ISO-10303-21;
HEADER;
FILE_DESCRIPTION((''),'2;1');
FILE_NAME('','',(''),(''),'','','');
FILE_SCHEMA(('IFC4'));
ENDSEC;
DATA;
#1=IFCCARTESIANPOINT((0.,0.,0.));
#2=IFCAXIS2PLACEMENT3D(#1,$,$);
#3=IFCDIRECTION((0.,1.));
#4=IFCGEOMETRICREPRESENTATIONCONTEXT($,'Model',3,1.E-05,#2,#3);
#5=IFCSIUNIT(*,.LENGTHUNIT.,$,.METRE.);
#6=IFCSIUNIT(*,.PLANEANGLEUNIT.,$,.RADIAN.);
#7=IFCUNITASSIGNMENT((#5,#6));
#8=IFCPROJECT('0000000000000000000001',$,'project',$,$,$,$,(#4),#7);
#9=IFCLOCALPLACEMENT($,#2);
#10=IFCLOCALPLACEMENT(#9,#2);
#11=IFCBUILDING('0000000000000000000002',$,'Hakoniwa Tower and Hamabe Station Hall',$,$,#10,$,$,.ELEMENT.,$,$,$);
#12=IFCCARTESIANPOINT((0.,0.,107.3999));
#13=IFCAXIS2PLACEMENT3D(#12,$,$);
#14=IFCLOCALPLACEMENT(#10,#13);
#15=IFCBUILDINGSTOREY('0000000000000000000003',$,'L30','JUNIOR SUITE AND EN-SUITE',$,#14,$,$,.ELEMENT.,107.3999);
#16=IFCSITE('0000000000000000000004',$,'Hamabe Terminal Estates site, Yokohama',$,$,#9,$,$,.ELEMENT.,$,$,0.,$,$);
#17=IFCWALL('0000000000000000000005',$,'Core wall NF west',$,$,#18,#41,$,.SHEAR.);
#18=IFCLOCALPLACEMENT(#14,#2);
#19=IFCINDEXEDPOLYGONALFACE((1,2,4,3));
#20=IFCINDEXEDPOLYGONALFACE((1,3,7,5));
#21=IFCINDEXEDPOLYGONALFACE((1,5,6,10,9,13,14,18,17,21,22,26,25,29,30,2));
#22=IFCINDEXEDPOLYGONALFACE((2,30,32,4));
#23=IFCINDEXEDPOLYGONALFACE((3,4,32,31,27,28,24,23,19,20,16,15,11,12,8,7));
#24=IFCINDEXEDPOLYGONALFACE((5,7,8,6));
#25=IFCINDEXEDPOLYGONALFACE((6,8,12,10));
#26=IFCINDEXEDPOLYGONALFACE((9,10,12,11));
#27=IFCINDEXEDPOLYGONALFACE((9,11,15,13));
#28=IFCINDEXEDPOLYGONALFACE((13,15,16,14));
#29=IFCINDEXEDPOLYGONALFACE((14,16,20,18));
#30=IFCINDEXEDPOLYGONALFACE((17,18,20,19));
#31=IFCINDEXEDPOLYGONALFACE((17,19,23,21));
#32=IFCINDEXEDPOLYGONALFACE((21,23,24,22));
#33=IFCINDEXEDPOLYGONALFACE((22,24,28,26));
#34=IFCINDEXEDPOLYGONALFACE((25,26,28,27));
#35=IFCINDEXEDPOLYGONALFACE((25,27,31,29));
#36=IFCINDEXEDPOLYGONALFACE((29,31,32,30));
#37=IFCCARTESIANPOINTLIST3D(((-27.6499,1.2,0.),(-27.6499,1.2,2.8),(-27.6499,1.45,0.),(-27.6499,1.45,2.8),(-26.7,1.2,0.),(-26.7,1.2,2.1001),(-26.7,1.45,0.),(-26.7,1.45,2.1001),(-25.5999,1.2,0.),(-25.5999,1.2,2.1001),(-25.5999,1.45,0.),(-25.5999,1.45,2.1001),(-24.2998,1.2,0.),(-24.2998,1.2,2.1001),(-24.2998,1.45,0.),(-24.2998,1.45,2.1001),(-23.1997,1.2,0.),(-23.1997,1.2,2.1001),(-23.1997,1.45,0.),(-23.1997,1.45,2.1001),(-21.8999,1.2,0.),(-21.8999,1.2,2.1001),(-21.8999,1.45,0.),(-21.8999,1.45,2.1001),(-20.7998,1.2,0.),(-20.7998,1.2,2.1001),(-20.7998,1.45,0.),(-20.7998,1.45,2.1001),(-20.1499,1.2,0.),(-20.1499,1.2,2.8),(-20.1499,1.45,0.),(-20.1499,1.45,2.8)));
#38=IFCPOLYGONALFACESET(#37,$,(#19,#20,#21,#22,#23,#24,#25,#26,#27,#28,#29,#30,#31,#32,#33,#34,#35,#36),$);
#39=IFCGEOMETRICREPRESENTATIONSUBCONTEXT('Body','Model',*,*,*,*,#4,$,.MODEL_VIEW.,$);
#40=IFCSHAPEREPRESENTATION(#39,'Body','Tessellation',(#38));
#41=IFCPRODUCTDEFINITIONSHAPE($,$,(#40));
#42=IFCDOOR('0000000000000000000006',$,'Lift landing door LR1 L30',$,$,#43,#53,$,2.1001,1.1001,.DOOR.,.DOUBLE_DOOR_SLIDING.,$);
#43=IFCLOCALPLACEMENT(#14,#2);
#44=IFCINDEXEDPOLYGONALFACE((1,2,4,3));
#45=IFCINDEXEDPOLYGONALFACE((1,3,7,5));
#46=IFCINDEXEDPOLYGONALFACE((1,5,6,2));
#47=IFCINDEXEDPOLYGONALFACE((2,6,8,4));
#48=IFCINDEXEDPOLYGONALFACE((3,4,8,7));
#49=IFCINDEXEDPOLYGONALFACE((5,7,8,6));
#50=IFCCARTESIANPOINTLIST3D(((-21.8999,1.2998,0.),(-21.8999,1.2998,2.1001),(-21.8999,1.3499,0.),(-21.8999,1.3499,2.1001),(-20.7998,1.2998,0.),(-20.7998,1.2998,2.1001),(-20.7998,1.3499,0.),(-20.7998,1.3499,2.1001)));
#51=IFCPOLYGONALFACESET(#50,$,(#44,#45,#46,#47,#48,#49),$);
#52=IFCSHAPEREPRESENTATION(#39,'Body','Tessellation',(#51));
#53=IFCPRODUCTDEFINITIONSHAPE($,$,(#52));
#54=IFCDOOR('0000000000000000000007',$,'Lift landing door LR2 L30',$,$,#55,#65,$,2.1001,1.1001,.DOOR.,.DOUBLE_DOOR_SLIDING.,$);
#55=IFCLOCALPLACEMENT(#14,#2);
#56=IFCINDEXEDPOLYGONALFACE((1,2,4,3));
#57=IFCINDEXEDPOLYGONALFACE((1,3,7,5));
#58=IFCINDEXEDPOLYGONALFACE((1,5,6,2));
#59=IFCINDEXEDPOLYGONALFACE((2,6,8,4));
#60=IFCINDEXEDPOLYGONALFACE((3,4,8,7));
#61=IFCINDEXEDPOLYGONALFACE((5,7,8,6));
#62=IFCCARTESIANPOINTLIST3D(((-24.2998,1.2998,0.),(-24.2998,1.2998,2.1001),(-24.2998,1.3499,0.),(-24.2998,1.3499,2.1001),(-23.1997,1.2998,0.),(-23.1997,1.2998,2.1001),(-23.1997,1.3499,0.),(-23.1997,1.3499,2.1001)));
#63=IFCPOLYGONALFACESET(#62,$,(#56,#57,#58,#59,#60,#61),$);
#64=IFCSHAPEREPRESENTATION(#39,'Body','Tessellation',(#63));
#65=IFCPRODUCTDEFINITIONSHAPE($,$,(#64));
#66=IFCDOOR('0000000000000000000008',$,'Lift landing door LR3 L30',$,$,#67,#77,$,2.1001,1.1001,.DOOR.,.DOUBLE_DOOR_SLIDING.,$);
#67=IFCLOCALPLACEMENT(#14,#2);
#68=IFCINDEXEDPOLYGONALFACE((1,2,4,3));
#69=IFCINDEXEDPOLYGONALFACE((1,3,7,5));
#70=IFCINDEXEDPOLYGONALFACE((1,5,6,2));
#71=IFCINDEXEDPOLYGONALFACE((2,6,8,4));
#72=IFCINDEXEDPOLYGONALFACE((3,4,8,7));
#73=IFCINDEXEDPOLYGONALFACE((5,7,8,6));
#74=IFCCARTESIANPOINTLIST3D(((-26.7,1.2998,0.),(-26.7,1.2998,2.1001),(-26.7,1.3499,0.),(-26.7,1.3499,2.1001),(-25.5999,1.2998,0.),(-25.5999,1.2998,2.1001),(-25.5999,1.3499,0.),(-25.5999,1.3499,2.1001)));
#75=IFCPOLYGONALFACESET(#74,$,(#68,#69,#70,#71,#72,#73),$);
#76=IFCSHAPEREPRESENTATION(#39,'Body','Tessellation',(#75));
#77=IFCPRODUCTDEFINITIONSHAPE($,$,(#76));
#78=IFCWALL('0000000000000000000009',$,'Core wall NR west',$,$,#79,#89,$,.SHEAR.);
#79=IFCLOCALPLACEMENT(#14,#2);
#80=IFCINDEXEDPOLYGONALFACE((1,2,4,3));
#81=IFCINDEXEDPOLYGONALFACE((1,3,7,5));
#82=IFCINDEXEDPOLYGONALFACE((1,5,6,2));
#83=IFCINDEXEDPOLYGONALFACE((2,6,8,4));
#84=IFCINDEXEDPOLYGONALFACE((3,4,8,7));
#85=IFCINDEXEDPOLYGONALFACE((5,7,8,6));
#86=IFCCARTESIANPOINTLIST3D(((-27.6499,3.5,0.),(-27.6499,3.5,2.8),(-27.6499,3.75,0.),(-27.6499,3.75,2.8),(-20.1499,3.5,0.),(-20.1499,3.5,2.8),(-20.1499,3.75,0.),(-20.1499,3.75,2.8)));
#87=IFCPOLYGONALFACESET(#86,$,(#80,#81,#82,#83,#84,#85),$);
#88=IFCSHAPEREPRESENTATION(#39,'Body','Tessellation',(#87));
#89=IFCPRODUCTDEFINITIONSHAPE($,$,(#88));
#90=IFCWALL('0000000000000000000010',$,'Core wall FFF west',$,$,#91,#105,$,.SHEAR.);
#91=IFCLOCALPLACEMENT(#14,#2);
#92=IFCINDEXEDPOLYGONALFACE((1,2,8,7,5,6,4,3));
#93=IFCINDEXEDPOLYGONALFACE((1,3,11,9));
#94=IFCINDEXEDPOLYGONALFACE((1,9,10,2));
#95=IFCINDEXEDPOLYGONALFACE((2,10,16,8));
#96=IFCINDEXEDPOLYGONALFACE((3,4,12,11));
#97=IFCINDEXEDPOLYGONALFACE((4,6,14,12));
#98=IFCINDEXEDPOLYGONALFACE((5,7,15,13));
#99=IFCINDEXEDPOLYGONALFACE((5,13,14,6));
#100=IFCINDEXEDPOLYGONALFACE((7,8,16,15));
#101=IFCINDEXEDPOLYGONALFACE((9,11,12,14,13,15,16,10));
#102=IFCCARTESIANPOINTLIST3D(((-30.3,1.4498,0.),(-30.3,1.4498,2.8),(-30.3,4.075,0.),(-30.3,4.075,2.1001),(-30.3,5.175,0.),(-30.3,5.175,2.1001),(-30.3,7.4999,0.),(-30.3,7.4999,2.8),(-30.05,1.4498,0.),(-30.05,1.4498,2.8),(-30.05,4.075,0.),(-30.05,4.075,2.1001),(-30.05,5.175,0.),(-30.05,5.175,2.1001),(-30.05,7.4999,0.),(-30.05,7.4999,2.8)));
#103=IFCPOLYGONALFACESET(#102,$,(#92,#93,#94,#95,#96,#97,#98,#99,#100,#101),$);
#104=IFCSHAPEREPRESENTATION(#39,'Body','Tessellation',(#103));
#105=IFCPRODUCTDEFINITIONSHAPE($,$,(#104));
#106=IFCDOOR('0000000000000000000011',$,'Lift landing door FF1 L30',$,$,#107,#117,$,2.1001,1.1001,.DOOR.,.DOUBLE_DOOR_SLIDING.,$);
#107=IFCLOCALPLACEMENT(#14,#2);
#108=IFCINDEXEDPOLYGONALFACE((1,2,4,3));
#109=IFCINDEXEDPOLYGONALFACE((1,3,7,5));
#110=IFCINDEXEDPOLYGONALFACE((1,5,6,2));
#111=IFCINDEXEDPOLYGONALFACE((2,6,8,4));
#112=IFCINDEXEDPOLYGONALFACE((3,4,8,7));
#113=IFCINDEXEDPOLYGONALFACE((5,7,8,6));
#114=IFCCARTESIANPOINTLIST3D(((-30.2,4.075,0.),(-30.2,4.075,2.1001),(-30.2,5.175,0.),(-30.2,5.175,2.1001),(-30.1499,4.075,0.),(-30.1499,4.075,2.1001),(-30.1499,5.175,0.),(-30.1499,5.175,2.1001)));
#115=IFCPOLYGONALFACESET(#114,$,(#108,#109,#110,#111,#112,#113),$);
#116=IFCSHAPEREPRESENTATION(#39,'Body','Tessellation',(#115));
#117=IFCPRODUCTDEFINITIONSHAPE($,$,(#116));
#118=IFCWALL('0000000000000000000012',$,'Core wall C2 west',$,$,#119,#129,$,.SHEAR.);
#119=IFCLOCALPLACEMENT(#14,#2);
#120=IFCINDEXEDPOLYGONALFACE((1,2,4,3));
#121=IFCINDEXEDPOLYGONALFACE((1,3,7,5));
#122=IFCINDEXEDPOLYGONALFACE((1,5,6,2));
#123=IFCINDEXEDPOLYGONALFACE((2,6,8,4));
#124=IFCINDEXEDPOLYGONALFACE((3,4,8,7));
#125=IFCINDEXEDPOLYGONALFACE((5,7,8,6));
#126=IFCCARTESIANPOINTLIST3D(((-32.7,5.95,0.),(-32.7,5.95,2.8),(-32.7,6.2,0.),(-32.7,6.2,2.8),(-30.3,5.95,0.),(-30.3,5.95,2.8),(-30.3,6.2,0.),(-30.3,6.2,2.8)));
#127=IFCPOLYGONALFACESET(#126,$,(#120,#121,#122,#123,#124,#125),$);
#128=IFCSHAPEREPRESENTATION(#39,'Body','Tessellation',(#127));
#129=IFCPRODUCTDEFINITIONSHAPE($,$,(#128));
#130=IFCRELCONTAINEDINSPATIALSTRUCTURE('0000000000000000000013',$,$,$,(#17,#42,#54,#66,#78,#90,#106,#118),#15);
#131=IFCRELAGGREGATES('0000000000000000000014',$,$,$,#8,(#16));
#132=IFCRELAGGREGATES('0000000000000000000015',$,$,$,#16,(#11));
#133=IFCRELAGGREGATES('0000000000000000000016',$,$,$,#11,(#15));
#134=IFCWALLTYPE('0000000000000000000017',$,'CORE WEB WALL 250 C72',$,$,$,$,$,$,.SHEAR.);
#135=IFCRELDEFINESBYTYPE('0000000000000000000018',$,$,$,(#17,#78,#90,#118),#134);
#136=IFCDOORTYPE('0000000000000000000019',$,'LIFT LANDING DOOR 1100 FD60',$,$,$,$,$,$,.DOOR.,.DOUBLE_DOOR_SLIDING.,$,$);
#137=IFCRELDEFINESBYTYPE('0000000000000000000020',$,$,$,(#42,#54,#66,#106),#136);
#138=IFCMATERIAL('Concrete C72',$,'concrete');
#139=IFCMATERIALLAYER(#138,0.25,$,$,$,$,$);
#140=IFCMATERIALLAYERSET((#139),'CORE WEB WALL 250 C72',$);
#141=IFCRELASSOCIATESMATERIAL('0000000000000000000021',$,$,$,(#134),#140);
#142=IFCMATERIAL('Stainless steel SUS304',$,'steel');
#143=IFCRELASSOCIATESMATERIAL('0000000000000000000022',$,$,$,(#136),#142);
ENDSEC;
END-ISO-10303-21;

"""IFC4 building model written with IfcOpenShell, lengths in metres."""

from ifc_helpers import new_model, si_unit, direction, frame, frame_2d, origin, place, context, subcontext, project, spatial, rectangle, extrude, material, layer, layer_set, type_object, element, fill, save


model = new_model("IFC4")

# Units and contexts
model_context = context("Model", 3, precision=1e-05, world=origin(), true_north=direction((0.0, 1.0)))
body_context = subcontext(model_context, "Body", "Model", "MODEL_VIEW")
ifc_project = project(units=[si_unit("LENGTHUNIT", "METRE"), si_unit("PLANEANGLEUNIT", "RADIAN")], contexts=[model_context])

# Site, building, storey
site_placement = place(None, origin())
site = spatial("IfcSite", under=ifc_project, at=site_placement, Name="Hamabe Terminal Estates site, Yokohama", CompositionType="ELEMENT", RefElevation=0.0)
building_placement = place(site_placement, origin())
building = spatial("IfcBuilding", under=site, at=building_placement, Name="Hakoniwa Tower and Hamabe Station Hall", CompositionType="ELEMENT")
storey_placement = place(building_placement, frame((0.0, 0.0, 107.3999)))
storey = spatial("IfcBuildingStorey", under=building, at=storey_placement, Name="L30", Description="JUNIOR SUITE AND EN-SUITE", CompositionType="ELEMENT", Elevation=107.3999)

# Wall, openings, doors
ifc_material_1 = material(Name="Concrete C72", Category="concrete")
ifc_layer_1 = layer(ifc_material_1, 0.25)
ifc_layer_set_1 = layer_set([ifc_layer_1], Name="CORE WEB WALL 250 C72")
wall_type_1 = type_object("IfcWallType", Name="CORE WEB WALL 250 C72", PredefinedType="SHEAR", material=ifc_layer_set_1)
wall_1_placement = place(storey_placement, frame((-27.6499, 1.325, 0.0), z_axis=(0.0, 0.0, 1.0), x_axis=(1.0, 0.0, 0.0)))
wall_1 = element("IfcWall", 1, at=wall_1_placement, inside=storey, type_object=wall_type_1, Name="Core wall NF west", PredefinedType="SHEAR", context=body_context, shape_type="SweptSolid", body=[
    extrude(rectangle(XDim=7.5, YDim=0.25, at=frame_2d((3.75, 0.0))), origin(), (0.0, 0.0, 1.0), 2.8),
])
opening_1_placement = place(wall_1_placement, frame((5.75, 0.0, 0.0)))
opening_1 = element("IfcOpeningElement", 2, at=opening_1_placement, cuts=wall_1, PredefinedType="OPENING", context=body_context, shape_type="SweptSolid", body=[
    extrude(rectangle(XDim=1.1001, YDim=2.1001, at=frame_2d((0.55, 1.05))), frame((0.0, 0.135, 0.0), z_axis=(0.0, -1.0, 0.0), x_axis=(1.0, 0.0, 0.0)), (0.0, 0.0, 1.0), 0.27),
])
opening_2_placement = place(wall_1_placement, frame((3.3501, 0.0, 0.0)))
opening_2 = element("IfcOpeningElement", 3, at=opening_2_placement, cuts=wall_1, PredefinedType="OPENING", context=body_context, shape_type="SweptSolid", body=[
    extrude(rectangle(XDim=1.1001, YDim=2.1001, at=frame_2d((0.55, 1.05))), frame((0.0, 0.135, 0.0), z_axis=(0.0, -1.0, 0.0), x_axis=(1.0, 0.0, 0.0)), (0.0, 0.0, 1.0), 0.27),
])
opening_3_placement = place(wall_1_placement, frame((0.95, 0.0, 0.0)))
opening_3 = element("IfcOpeningElement", 4, at=opening_3_placement, cuts=wall_1, PredefinedType="OPENING", context=body_context, shape_type="SweptSolid", body=[
    extrude(rectangle(XDim=1.1001, YDim=2.1001, at=frame_2d((0.55, 1.05))), frame((0.0, 0.135, 0.0), z_axis=(0.0, -1.0, 0.0), x_axis=(1.0, 0.0, 0.0)), (0.0, 0.0, 1.0), 0.27),
])
ifc_material_2 = material(Name="Stainless steel SUS304", Category="steel")
door_type_1 = type_object("IfcDoorType", Name="LIFT LANDING DOOR 1100 FD60", OperationType="DOUBLE_DOOR_SLIDING", PredefinedType="DOOR", material=ifc_material_2)
door_1_placement = place(opening_1_placement, origin())
door_1 = element("IfcDoor", 5, at=door_1_placement, inside=storey, type_object=door_type_1, Name="Lift landing door LR1 L30", OperationType="DOUBLE_DOOR_SLIDING", OverallHeight=2.1001, OverallWidth=1.1001, PredefinedType="DOOR", context=body_context, shape_type="SweptSolid", body=[
    extrude(rectangle(XDim=1.1001, YDim=2.1001, at=frame_2d((0.55, 1.05))), frame((0.0, 0.0249, 0.0), z_axis=(0.0, -1.0, 0.0), x_axis=(1.0, 0.0, 0.0)), (0.0, 0.0, 1.0), 0.05),
])
fill(opening_1, door_1)
door_2_placement = place(opening_2_placement, origin())
door_2 = element("IfcDoor", 6, at=door_2_placement, inside=storey, type_object=door_type_1, Name="Lift landing door LR2 L30", OperationType="DOUBLE_DOOR_SLIDING", OverallHeight=2.1001, OverallWidth=1.1001, PredefinedType="DOOR", context=body_context, shape_type="SweptSolid", body=[
    extrude(rectangle(XDim=1.1001, YDim=2.1001, at=frame_2d((0.55, 1.05))), frame((0.0, 0.0249, 0.0), z_axis=(0.0, -1.0, 0.0), x_axis=(1.0, 0.0, 0.0)), (0.0, 0.0, 1.0), 0.05),
])
fill(opening_2, door_2)
door_3_placement = place(opening_3_placement, origin())
door_3 = element("IfcDoor", 7, at=door_3_placement, inside=storey, type_object=door_type_1, Name="Lift landing door LR3 L30", OperationType="DOUBLE_DOOR_SLIDING", OverallHeight=2.1001, OverallWidth=1.1001, PredefinedType="DOOR", context=body_context, shape_type="SweptSolid", body=[
    extrude(rectangle(XDim=1.1001, YDim=2.1001, at=frame_2d((0.55, 1.05))), frame((0.0, 0.0249, 0.0), z_axis=(0.0, -1.0, 0.0), x_axis=(1.0, 0.0, 0.0)), (0.0, 0.0, 1.0), 0.05),
])
fill(opening_3, door_3)

# Wall
wall_2_placement = place(storey_placement, frame((-27.6499, 3.625, 0.0), z_axis=(0.0, 0.0, 1.0), x_axis=(1.0, 0.0, 0.0)))
element("IfcWall", 8, at=wall_2_placement, inside=storey, type_object=wall_type_1, Name="Core wall NR west", PredefinedType="SHEAR", context=body_context, shape_type="SweptSolid", body=[
    extrude(rectangle(XDim=7.5, YDim=0.25, at=frame_2d((3.75, 0.0))), origin(), (0.0, 0.0, 1.0), 2.8),
])

# Wall, opening, door
wall_3_placement = place(storey_placement, frame((-30.175, 1.45, 0.0), z_axis=(0.0, 0.0, 1.0), x_axis=(0.0, 1.0, 0.0)))
wall_3 = element("IfcWall", 9, at=wall_3_placement, inside=storey, type_object=wall_type_1, Name="Core wall FFF west", PredefinedType="SHEAR", context=body_context, shape_type="SweptSolid", body=[
    extrude(rectangle(XDim=6.05, YDim=0.25, at=frame_2d((3.0249, 0.0))), origin(), (0.0, 0.0, 1.0), 2.8),
])
opening_4_placement = place(wall_3_placement, frame((2.625, 0.0, 0.0)))
opening_4 = element("IfcOpeningElement", 10, at=opening_4_placement, cuts=wall_3, PredefinedType="OPENING", context=body_context, shape_type="SweptSolid", body=[
    extrude(rectangle(XDim=1.1001, YDim=2.1001, at=frame_2d((0.55, 1.05))), frame((0.0, 0.135, 0.0), z_axis=(0.0, -1.0, 0.0), x_axis=(1.0, 0.0, 0.0)), (0.0, 0.0, 1.0), 0.27),
])
door_4_placement = place(opening_4_placement, origin())
door_4 = element("IfcDoor", 11, at=door_4_placement, inside=storey, type_object=door_type_1, Name="Lift landing door FF1 L30", OperationType="DOUBLE_DOOR_SLIDING", OverallHeight=2.1001, OverallWidth=1.1001, PredefinedType="DOOR", context=body_context, shape_type="SweptSolid", body=[
    extrude(rectangle(XDim=1.1001, YDim=2.1001, at=frame_2d((0.55, 1.05))), frame((0.0, 0.0249, 0.0), z_axis=(0.0, -1.0, 0.0), x_axis=(1.0, 0.0, 0.0)), (0.0, 0.0, 1.0), 0.05),
])
fill(opening_4, door_4)

# Wall
wall_4_placement = place(storey_placement, frame((-32.7, 6.075, 0.0), z_axis=(0.0, 0.0, 1.0), x_axis=(1.0, 0.0, 0.0)))
element("IfcWall", 12, at=wall_4_placement, inside=storey, type_object=wall_type_1, Name="Core wall C2 west", PredefinedType="SHEAR", context=body_context, shape_type="SweptSolid", body=[
    extrude(rectangle(XDim=2.3999, YDim=0.25, at=frame_2d((1.2, 0.0))), origin(), (0.0, 0.0, 1.0), 2.8),
])

save(model, "model.ifc")
